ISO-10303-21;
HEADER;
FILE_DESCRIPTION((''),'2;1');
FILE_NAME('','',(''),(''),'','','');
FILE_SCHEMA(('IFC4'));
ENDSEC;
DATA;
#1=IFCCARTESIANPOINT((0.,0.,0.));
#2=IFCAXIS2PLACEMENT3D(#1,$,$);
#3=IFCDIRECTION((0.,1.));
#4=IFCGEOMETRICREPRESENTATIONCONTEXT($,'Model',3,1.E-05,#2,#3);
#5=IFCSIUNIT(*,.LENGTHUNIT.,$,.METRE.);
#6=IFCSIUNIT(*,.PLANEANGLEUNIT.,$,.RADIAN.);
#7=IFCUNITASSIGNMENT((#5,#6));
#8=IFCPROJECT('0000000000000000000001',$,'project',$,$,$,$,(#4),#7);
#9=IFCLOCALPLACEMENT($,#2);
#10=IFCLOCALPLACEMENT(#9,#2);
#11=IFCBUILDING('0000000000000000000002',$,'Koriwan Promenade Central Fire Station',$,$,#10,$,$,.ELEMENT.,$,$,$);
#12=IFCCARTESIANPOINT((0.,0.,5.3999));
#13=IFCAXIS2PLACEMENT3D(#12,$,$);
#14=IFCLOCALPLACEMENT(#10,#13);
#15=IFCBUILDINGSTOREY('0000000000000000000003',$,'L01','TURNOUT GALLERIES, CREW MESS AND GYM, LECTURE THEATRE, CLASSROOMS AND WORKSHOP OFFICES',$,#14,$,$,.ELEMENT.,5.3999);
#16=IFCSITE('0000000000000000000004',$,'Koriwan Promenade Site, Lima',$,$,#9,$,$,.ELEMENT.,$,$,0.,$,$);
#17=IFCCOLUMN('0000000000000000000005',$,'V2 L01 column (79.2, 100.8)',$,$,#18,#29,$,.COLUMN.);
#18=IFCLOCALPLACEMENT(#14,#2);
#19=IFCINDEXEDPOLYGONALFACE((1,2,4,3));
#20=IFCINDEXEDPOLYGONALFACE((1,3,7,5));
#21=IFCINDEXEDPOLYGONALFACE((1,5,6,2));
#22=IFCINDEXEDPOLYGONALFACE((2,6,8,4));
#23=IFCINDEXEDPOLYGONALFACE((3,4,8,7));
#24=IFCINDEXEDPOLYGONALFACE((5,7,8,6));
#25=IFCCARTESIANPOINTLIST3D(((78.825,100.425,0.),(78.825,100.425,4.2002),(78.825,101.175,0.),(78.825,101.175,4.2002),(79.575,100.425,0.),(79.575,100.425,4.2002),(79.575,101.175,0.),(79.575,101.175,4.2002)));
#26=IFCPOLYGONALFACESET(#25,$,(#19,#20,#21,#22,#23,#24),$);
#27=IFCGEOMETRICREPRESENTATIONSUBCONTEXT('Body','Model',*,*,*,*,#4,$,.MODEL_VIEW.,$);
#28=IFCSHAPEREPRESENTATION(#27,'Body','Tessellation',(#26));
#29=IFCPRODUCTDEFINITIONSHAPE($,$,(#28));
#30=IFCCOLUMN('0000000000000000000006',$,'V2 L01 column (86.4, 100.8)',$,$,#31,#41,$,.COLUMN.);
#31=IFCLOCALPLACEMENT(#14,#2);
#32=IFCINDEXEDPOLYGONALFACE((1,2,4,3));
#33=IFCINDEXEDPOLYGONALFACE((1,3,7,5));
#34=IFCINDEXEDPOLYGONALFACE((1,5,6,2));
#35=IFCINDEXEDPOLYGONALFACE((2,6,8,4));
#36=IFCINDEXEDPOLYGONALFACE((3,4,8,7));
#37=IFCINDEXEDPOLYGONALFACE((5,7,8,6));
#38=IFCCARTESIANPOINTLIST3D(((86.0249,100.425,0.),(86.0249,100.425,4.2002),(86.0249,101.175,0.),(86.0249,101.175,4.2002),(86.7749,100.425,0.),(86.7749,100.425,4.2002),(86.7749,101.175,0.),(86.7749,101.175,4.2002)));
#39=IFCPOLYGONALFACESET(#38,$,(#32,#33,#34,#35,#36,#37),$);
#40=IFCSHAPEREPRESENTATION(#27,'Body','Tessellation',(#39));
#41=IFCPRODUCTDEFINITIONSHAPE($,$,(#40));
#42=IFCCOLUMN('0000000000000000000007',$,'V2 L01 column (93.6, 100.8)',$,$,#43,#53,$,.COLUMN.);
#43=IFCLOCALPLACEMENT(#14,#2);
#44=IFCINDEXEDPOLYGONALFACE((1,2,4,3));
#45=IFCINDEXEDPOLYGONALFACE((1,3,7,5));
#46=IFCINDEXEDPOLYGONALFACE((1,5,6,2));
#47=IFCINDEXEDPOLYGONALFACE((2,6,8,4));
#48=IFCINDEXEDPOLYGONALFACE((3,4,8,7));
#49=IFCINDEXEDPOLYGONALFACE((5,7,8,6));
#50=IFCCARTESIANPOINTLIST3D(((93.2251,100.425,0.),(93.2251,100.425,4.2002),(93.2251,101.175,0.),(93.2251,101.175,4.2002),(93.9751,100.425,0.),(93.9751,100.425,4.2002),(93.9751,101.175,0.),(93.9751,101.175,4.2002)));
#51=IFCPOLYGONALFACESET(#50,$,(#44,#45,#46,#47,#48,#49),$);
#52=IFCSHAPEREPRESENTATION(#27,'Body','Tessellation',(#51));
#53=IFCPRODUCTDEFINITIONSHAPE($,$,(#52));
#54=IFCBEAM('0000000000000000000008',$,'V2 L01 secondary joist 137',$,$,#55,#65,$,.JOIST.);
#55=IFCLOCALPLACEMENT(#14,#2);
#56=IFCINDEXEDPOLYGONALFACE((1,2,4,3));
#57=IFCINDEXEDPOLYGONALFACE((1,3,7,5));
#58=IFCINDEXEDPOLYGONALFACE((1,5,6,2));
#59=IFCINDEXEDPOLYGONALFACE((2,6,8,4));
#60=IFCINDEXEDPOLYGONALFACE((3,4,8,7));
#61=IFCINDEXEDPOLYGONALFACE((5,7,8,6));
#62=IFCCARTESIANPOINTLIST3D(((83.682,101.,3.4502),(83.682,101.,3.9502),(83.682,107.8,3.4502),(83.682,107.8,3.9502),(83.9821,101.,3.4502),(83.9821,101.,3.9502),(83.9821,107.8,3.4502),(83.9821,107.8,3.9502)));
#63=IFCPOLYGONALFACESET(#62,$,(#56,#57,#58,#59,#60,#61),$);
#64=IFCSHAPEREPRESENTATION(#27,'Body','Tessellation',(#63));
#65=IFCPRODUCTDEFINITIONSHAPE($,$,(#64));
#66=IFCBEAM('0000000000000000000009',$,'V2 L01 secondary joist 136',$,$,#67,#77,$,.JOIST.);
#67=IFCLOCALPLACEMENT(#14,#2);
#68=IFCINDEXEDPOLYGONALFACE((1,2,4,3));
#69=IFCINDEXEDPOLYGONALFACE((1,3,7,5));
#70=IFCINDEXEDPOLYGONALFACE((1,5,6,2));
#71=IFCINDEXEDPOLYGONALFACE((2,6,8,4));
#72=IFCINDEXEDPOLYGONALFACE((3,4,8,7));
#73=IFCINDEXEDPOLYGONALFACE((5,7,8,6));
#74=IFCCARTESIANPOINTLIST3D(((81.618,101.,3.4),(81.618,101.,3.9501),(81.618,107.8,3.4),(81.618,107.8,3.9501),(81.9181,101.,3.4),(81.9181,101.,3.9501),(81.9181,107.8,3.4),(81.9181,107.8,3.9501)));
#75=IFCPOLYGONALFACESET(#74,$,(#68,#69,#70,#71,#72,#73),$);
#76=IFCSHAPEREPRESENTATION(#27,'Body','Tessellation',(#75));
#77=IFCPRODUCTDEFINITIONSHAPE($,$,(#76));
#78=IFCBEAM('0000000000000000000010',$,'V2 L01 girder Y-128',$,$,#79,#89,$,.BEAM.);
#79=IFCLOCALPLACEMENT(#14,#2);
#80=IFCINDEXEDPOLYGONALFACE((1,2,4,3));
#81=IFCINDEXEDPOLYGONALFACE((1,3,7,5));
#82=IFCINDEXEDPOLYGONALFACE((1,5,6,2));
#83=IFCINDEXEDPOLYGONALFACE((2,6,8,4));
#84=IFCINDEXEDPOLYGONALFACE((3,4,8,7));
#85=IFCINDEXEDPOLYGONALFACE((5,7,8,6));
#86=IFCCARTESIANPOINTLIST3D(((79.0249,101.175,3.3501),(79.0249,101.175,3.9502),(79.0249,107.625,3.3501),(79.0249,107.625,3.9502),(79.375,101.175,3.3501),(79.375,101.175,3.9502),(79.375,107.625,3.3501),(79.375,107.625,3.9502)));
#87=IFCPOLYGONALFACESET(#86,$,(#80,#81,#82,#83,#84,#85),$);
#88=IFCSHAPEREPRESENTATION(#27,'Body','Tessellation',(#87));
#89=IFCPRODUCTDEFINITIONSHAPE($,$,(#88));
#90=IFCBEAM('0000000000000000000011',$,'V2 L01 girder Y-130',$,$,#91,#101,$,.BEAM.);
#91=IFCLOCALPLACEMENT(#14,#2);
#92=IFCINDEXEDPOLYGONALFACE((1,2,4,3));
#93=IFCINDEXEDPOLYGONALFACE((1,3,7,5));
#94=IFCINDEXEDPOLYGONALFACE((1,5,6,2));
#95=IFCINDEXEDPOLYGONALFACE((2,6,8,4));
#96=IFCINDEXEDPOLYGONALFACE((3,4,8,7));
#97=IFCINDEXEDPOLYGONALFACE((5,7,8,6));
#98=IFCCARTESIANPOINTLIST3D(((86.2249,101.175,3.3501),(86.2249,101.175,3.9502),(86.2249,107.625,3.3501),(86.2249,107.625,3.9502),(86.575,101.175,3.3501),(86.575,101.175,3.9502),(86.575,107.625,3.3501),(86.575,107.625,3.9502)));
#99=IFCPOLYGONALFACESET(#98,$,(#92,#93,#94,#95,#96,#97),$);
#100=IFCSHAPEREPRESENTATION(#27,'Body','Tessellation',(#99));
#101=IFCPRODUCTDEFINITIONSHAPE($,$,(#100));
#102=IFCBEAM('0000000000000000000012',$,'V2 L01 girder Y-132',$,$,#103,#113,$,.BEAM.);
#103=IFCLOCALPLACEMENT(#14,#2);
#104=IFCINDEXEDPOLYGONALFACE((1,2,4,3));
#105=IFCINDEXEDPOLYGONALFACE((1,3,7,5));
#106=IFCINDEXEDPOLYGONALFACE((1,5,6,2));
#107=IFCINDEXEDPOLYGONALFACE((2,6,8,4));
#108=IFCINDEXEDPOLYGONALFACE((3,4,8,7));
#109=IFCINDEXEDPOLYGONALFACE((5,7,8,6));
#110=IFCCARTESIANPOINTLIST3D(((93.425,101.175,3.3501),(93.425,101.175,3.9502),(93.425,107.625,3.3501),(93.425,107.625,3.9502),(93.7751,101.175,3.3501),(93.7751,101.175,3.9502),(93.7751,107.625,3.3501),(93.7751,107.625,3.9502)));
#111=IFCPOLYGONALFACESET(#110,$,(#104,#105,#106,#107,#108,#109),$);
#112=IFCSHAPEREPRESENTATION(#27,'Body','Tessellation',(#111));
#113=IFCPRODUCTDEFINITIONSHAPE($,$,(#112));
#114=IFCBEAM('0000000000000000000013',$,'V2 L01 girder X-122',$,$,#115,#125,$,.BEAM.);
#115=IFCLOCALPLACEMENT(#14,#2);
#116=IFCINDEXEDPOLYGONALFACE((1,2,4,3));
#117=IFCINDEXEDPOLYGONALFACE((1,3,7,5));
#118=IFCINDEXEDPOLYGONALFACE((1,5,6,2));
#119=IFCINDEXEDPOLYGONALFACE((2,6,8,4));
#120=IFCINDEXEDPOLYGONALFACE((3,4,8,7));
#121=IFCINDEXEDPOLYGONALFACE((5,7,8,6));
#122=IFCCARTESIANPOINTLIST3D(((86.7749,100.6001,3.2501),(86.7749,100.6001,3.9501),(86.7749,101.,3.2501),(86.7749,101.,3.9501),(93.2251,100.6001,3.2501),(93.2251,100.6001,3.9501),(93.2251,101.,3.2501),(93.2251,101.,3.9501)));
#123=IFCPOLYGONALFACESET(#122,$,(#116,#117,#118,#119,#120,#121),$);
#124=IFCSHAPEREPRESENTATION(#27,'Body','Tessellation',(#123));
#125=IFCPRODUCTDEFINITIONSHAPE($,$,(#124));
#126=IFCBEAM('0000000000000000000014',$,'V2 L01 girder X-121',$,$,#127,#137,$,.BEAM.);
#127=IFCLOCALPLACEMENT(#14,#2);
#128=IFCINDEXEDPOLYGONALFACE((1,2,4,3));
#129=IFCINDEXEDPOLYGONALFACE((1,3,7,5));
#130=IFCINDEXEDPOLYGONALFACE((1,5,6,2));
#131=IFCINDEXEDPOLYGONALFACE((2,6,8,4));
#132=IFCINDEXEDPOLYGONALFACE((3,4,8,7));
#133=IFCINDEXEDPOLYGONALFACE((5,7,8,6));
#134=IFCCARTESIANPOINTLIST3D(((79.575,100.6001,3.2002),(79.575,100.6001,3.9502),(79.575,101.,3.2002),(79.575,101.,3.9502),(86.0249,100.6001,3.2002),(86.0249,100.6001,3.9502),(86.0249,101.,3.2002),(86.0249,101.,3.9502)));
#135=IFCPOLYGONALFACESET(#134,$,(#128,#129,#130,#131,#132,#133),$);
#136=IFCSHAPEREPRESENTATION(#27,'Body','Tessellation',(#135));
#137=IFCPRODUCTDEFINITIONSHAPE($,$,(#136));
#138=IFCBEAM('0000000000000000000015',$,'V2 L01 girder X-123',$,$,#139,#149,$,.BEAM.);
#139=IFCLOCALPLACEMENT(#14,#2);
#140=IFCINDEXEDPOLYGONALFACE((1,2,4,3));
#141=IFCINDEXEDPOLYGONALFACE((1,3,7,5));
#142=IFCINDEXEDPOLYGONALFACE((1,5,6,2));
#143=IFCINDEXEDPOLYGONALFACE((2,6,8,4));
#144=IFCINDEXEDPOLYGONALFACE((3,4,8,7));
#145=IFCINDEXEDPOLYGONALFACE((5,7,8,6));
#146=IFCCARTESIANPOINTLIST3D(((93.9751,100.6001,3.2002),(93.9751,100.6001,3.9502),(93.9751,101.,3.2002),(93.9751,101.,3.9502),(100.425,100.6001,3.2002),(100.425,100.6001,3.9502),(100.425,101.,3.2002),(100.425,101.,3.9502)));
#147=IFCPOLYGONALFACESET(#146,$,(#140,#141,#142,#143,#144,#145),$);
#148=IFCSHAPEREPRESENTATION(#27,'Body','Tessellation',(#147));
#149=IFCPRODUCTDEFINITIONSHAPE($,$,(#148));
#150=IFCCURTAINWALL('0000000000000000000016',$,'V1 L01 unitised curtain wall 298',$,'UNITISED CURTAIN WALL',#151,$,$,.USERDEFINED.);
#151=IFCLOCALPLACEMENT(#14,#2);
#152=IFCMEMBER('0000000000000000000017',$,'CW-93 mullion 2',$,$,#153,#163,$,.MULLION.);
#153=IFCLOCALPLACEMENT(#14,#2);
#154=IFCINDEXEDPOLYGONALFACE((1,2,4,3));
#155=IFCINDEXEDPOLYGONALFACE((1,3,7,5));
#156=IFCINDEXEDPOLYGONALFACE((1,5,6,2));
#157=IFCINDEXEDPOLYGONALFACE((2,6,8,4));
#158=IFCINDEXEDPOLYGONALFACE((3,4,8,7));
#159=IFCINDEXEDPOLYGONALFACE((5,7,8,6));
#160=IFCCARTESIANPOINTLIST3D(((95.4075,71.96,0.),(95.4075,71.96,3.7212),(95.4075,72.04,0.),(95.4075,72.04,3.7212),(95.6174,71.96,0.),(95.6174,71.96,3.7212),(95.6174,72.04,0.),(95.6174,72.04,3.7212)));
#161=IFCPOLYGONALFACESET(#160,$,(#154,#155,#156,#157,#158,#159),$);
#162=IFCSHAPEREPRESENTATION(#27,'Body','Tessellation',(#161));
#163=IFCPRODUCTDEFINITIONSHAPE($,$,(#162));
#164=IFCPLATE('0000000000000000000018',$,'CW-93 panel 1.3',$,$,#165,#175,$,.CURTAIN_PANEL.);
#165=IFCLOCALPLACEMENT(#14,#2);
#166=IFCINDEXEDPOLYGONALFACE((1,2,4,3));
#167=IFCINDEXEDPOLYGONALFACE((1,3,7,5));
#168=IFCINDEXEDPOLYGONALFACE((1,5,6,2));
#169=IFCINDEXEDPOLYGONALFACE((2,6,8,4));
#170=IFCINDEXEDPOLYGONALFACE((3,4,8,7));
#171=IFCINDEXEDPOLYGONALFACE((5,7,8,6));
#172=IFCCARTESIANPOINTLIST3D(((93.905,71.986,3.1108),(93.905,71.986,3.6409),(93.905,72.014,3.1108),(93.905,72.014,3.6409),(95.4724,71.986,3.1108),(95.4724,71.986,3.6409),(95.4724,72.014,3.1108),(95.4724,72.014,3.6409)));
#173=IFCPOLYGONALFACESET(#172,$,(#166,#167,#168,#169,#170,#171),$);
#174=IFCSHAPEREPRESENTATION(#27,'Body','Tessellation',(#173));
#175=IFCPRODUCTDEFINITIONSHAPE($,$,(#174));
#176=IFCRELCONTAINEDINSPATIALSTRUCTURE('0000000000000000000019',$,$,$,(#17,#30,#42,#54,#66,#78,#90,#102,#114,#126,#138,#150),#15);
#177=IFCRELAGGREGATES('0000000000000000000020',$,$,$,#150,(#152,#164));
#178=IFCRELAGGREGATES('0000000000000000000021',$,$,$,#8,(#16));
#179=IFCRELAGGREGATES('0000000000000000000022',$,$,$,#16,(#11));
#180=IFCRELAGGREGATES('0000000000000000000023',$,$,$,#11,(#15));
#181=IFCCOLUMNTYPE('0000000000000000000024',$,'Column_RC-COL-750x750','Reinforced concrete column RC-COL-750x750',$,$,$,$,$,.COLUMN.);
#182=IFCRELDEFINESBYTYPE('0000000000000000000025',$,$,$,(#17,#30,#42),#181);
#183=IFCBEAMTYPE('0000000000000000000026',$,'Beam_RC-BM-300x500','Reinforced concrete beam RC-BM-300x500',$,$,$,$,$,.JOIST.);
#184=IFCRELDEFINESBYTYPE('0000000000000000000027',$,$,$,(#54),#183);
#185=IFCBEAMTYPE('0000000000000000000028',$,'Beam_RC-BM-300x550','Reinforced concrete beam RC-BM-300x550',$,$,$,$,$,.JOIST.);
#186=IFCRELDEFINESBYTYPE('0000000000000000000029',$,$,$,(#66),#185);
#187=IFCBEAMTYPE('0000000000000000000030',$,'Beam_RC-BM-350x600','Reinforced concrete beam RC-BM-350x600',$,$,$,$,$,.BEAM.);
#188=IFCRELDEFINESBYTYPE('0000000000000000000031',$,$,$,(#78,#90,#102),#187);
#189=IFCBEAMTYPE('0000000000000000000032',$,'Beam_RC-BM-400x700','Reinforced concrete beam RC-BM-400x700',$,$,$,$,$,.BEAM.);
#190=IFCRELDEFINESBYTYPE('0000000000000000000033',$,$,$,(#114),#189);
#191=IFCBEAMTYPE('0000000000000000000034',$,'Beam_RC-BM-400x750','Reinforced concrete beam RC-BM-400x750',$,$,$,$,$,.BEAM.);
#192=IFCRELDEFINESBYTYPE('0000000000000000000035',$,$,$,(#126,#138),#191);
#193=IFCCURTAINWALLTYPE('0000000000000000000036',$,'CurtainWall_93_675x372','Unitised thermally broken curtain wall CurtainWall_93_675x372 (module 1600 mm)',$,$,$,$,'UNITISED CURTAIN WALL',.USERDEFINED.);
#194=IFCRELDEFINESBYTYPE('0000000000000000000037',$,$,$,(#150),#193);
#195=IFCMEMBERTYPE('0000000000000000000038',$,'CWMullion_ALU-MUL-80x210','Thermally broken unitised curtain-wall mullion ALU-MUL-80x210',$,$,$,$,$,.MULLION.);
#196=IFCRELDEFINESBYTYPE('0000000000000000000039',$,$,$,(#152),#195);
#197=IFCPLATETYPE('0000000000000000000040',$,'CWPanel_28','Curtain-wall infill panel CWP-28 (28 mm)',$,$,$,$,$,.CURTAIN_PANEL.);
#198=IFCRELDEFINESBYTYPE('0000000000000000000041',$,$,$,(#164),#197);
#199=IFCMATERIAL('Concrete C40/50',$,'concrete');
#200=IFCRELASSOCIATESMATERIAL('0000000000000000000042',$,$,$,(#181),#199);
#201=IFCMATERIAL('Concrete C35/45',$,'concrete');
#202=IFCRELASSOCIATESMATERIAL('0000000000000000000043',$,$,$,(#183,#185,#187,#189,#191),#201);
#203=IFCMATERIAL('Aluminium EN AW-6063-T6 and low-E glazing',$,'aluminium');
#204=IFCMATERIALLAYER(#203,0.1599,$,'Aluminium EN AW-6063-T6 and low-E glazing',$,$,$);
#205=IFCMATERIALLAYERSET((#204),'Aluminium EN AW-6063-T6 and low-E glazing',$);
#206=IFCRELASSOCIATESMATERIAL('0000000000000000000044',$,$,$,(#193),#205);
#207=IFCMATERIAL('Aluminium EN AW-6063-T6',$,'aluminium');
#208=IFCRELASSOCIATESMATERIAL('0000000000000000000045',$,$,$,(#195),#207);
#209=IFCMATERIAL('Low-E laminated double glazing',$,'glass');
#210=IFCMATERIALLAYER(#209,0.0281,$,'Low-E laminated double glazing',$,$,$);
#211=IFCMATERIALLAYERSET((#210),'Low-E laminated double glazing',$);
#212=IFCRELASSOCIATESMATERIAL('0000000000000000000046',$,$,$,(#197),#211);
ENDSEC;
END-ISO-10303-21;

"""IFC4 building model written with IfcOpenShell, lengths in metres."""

from ifc_helpers import new_model, si_unit, direction, frame, origin, origin_2d, place, context, subcontext, project, spatial, rectangle, extrude, material, layer, layer_set, material_profile, profile_set, type_object, element, aggregate, save


model = new_model("IFC4")

# Units and contexts
model_context = context("Model", 3, precision=1e-05, world=origin(), true_north=direction((0.0, 1.0)))
body_context = subcontext(model_context, "Body", "Model", "MODEL_VIEW")
ifc_project = project(units=[si_unit("LENGTHUNIT", "METRE"), si_unit("PLANEANGLEUNIT", "RADIAN")], contexts=[model_context])

# Site, building, storey
site_placement = place(None, origin())
site = spatial("IfcSite", under=ifc_project, at=site_placement, Name="Koriwan Promenade Site, Lima", CompositionType="ELEMENT", RefElevation=0.0)
building_placement = place(site_placement, origin())
building = spatial("IfcBuilding", under=site, at=building_placement, Name="Koriwan Promenade Central Fire Station", CompositionType="ELEMENT")
storey_placement = place(building_placement, frame((0.0, 0.0, 5.3999)))
storey = spatial("IfcBuildingStorey", under=building, at=storey_placement, Name="L01", Description="TURNOUT GALLERIES, CREW MESS AND GYM, LECTURE THEATRE, CLASSROOMS AND WORKSHOP OFFICES", CompositionType="ELEMENT", Elevation=5.3999)

# Columns
ifc_material_1 = material(Name="Concrete C40/50", Category="concrete")
ifc_material_profile_1 = material_profile(ifc_material_1, rectangle(XDim=0.75, YDim=0.75, at=origin_2d()), Name="RC-COL-750x750")
ifc_profile_set_1 = profile_set([ifc_material_profile_1], Name="Concrete C40/50")
column_type = type_object("IfcColumnType", Name="Column_RC-COL-750x750", Description="Reinforced concrete column RC-COL-750x750", PredefinedType="COLUMN", material=ifc_profile_set_1)
for number, where, z_axis, x_axis, name in (
    (1, (79.2, 100.8, 0.0), (0.0, 0.0, 1.0), (1.0, 0.0, 0.0), "V2 L01 column (79.2, 100.8)"),
    (2, (86.3999, 100.8, 0.0), (0.0, 0.0, 1.0), (1.0, 0.0, 0.0), "V2 L01 column (86.4, 100.8)"),
    (3, (93.6001, 100.8, 0.0), (0.0, 0.0, 1.0), (1.0, 0.0, 0.0), "V2 L01 column (93.6, 100.8)"),
):
    element("IfcColumn", number, at=place(storey_placement, frame(where, z_axis=z_axis, x_axis=x_axis)), inside=storey, type_object=column_type, Name=name, PredefinedType="COLUMN", context=body_context, shape_type="SweptSolid", body=[
        extrude(rectangle(XDim=0.75, YDim=0.75, at=origin_2d()), origin(), (0.0, 0.0, 1.0), 4.2002),
    ])

# Beams
ifc_material_2 = material(Name="Concrete C35/45", Category="concrete")
ifc_material_profile_2 = material_profile(ifc_material_2, rectangle(XDim=0.3, YDim=0.5, at=origin_2d()), Name="RC-BM-300x500")
ifc_profile_set_2 = profile_set([ifc_material_profile_2], Name="Concrete C35/45")
beam_type_1 = type_object("IfcBeamType", Name="Beam_RC-BM-300x500", Description="Reinforced concrete beam RC-BM-300x500", PredefinedType="JOIST", material=ifc_profile_set_2)
beam_1_placement = place(storey_placement, frame((83.832, 101.0, 3.7002), z_axis=(0.0, 1.0, 0.0), x_axis=(-1.0, 0.0, 0.0)))
element("IfcBeam", 4, at=beam_1_placement, inside=storey, type_object=beam_type_1, Name="V2 L01 secondary joist 137", PredefinedType="JOIST", context=body_context, shape_type="SweptSolid", body=[
    extrude(rectangle(XDim=0.3, YDim=0.5, at=origin_2d()), origin(), (0.0, 0.0, 1.0), 6.8),
])
ifc_material_profile_3 = material_profile(ifc_material_2, rectangle(XDim=0.3, YDim=0.55, at=origin_2d()), Name="RC-BM-300x550")
ifc_profile_set_3 = profile_set([ifc_material_profile_3], Name="Concrete C35/45")
beam_type_2 = type_object("IfcBeamType", Name="Beam_RC-BM-300x550", Description="Reinforced concrete beam RC-BM-300x550", PredefinedType="JOIST", material=ifc_profile_set_3)
beam_2_placement = place(storey_placement, frame((81.7681, 101.0, 3.675), z_axis=(0.0, 1.0, 0.0), x_axis=(-1.0, 0.0, 0.0)))
element("IfcBeam", 5, at=beam_2_placement, inside=storey, type_object=beam_type_2, Name="V2 L01 secondary joist 136", PredefinedType="JOIST", context=body_context, shape_type="SweptSolid", body=[
    extrude(rectangle(XDim=0.3, YDim=0.55, at=origin_2d()), origin(), (0.0, 0.0, 1.0), 6.8),
])
ifc_material_profile_4 = material_profile(ifc_material_2, rectangle(XDim=0.3501, YDim=0.6001, at=origin_2d()), Name="RC-BM-350x600")
ifc_profile_set_4 = profile_set([ifc_material_profile_4], Name="Concrete C35/45")
beam_type_3 = type_object("IfcBeamType", Name="Beam_RC-BM-350x600", Description="Reinforced concrete beam RC-BM-350x600", PredefinedType="BEAM", material=ifc_profile_set_4)
for number, where, z_axis, x_axis, name in (
    (6, (79.2, 101.175, 3.6501), (0.0, 1.0, 0.0), (-1.0, 0.0, 0.0), "V2 L01 girder Y-128"),
    (7, (86.3999, 101.175, 3.6501), (0.0, 1.0, 0.0), (-1.0, 0.0, 0.0), "V2 L01 girder Y-130"),
    (8, (93.6001, 101.175, 3.6501), (0.0, 1.0, 0.0), (-1.0, 0.0, 0.0), "V2 L01 girder Y-132"),
):
    element("IfcBeam", number, at=place(storey_placement, frame(where, z_axis=z_axis, x_axis=x_axis)), inside=storey, type_object=beam_type_3, Name=name, PredefinedType="BEAM", context=body_context, shape_type="SweptSolid", body=[
        extrude(rectangle(XDim=0.3501, YDim=0.6001, at=origin_2d()), origin(), (0.0, 0.0, 1.0), 6.45),
    ])
ifc_material_profile_5 = material_profile(ifc_material_2, rectangle(XDim=0.3999, YDim=0.7, at=origin_2d()), Name="RC-BM-400x700")
ifc_profile_set_5 = profile_set([ifc_material_profile_5], Name="Concrete C35/45")
beam_type_4 = type_object("IfcBeamType", Name="Beam_RC-BM-400x700", Description="Reinforced concrete beam RC-BM-400x700", PredefinedType="BEAM", material=ifc_profile_set_5)
beam_3_placement = place(storey_placement, frame((86.7749, 100.8, 3.6001), z_axis=(1.0, 0.0, 0.0), x_axis=(0.0, 1.0, 0.0)))
element("IfcBeam", 9, at=beam_3_placement, inside=storey, type_object=beam_type_4, Name="V2 L01 girder X-122", PredefinedType="BEAM", context=body_context, shape_type="SweptSolid", body=[
    extrude(rectangle(XDim=0.3999, YDim=0.7, at=origin_2d()), origin(), (0.0, 0.0, 1.0), 6.4502),
])
ifc_material_profile_6 = material_profile(ifc_material_2, rectangle(XDim=0.3999, YDim=0.75, at=origin_2d()), Name="RC-BM-400x750")
ifc_profile_set_6 = profile_set([ifc_material_profile_6], Name="Concrete C35/45")
beam_type_5 = type_object("IfcBeamType", Name="Beam_RC-BM-400x750", Description="Reinforced concrete beam RC-BM-400x750", PredefinedType="BEAM", material=ifc_profile_set_6)
for number, where, z_axis, x_axis, name in (
    (10, (79.575, 100.8, 3.5752), (1.0, 0.0, 0.0), (0.0, 1.0, 0.0), "V2 L01 girder X-121"),
    (11, (93.9751, 100.8, 3.5752), (1.0, 0.0, 0.0), (0.0, 1.0, 0.0), "V2 L01 girder X-123"),
):
    element("IfcBeam", number, at=place(storey_placement, frame(where, z_axis=z_axis, x_axis=x_axis)), inside=storey, type_object=beam_type_5, Name=name, PredefinedType="BEAM", context=body_context, shape_type="SweptSolid", body=[
        extrude(rectangle(XDim=0.3999, YDim=0.75, at=origin_2d()), origin(), (0.0, 0.0, 1.0), 6.45),
    ])

# Curtain wall, member, plate
ifc_material_3 = material(Name="Aluminium EN AW-6063-T6 and low-E glazing", Category="aluminium")
ifc_layer_1 = layer(ifc_material_3, 0.1599, Name="Aluminium EN AW-6063-T6 and low-E glazing")
ifc_layer_set_1 = layer_set([ifc_layer_1], Name="Aluminium EN AW-6063-T6 and low-E glazing")
curtain_wall_type = type_object("IfcCurtainWallType", Name="CurtainWall_93_675x372", Description="Unitised thermally broken curtain wall CurtainWall_93_675x372 (module 1600 mm)", ElementType="UNITISED CURTAIN WALL", PredefinedType="USERDEFINED", material=ifc_layer_set_1)
curtain_wall_placement = place(storey_placement, origin())
curtain_wall = element("IfcCurtainWall", 12, at=curtain_wall_placement, inside=storey, type_object=curtain_wall_type, Name="V1 L01 unitised curtain wall 298", ObjectType="UNITISED CURTAIN WALL", PredefinedType="USERDEFINED")
ifc_material_4 = material(Name="Aluminium EN AW-6063-T6", Category="aluminium")
ifc_material_profile_7 = material_profile(ifc_material_4, rectangle(XDim=0.0801, YDim=0.21, at=origin_2d()), Name="ALU-MUL-80x210")
ifc_profile_set_7 = profile_set([ifc_material_profile_7], Name="Aluminium EN AW-6063-T6")
member_type = type_object("IfcMemberType", Name="CWMullion_ALU-MUL-80x210", Description="Thermally broken unitised curtain-wall mullion ALU-MUL-80x210", PredefinedType="MULLION", material=ifc_profile_set_7)
member_placement = place(storey_placement, frame((95.5125, 72.0, 0.0), z_axis=(0.0, 0.0, 1.0), x_axis=(0.0, 1.0, 0.0)))
member = element("IfcMember", 13, at=member_placement, type_object=member_type, Name="CW-93 mullion 2", PredefinedType="MULLION", context=body_context, shape_type="SweptSolid", body=[
    extrude(rectangle(XDim=0.0801, YDim=0.21, at=origin_2d()), origin(), (0.0, 0.0, 1.0), 3.7212),
])
ifc_material_5 = material(Name="Low-E laminated double glazing", Category="glass")
ifc_layer_2 = layer(ifc_material_5, 0.0281, Name="Low-E laminated double glazing")
ifc_layer_set_2 = layer_set([ifc_layer_2], Name="Low-E laminated double glazing")
plate_type = type_object("IfcPlateType", Name="CWPanel_28", Description="Curtain-wall infill panel CWP-28 (28 mm)", PredefinedType="CURTAIN_PANEL", material=ifc_layer_set_2)
plate_placement = place(storey_placement, frame((94.6887, 72.0, 3.1108), z_axis=(0.0, 0.0, 1.0), x_axis=(1.0, 0.0, 0.0)))
plate = element("IfcPlate", 14, at=plate_placement, type_object=plate_type, Name="CW-93 panel 1.3", PredefinedType="CURTAIN_PANEL", context=body_context, shape_type="SweptSolid", body=[
    extrude(rectangle(XDim=1.5674, YDim=0.0281, at=origin_2d()), origin(), (0.0, 0.0, 1.0), 0.53),
])
aggregate(curtain_wall, [member, plate])

save(model, "model.ifc")
